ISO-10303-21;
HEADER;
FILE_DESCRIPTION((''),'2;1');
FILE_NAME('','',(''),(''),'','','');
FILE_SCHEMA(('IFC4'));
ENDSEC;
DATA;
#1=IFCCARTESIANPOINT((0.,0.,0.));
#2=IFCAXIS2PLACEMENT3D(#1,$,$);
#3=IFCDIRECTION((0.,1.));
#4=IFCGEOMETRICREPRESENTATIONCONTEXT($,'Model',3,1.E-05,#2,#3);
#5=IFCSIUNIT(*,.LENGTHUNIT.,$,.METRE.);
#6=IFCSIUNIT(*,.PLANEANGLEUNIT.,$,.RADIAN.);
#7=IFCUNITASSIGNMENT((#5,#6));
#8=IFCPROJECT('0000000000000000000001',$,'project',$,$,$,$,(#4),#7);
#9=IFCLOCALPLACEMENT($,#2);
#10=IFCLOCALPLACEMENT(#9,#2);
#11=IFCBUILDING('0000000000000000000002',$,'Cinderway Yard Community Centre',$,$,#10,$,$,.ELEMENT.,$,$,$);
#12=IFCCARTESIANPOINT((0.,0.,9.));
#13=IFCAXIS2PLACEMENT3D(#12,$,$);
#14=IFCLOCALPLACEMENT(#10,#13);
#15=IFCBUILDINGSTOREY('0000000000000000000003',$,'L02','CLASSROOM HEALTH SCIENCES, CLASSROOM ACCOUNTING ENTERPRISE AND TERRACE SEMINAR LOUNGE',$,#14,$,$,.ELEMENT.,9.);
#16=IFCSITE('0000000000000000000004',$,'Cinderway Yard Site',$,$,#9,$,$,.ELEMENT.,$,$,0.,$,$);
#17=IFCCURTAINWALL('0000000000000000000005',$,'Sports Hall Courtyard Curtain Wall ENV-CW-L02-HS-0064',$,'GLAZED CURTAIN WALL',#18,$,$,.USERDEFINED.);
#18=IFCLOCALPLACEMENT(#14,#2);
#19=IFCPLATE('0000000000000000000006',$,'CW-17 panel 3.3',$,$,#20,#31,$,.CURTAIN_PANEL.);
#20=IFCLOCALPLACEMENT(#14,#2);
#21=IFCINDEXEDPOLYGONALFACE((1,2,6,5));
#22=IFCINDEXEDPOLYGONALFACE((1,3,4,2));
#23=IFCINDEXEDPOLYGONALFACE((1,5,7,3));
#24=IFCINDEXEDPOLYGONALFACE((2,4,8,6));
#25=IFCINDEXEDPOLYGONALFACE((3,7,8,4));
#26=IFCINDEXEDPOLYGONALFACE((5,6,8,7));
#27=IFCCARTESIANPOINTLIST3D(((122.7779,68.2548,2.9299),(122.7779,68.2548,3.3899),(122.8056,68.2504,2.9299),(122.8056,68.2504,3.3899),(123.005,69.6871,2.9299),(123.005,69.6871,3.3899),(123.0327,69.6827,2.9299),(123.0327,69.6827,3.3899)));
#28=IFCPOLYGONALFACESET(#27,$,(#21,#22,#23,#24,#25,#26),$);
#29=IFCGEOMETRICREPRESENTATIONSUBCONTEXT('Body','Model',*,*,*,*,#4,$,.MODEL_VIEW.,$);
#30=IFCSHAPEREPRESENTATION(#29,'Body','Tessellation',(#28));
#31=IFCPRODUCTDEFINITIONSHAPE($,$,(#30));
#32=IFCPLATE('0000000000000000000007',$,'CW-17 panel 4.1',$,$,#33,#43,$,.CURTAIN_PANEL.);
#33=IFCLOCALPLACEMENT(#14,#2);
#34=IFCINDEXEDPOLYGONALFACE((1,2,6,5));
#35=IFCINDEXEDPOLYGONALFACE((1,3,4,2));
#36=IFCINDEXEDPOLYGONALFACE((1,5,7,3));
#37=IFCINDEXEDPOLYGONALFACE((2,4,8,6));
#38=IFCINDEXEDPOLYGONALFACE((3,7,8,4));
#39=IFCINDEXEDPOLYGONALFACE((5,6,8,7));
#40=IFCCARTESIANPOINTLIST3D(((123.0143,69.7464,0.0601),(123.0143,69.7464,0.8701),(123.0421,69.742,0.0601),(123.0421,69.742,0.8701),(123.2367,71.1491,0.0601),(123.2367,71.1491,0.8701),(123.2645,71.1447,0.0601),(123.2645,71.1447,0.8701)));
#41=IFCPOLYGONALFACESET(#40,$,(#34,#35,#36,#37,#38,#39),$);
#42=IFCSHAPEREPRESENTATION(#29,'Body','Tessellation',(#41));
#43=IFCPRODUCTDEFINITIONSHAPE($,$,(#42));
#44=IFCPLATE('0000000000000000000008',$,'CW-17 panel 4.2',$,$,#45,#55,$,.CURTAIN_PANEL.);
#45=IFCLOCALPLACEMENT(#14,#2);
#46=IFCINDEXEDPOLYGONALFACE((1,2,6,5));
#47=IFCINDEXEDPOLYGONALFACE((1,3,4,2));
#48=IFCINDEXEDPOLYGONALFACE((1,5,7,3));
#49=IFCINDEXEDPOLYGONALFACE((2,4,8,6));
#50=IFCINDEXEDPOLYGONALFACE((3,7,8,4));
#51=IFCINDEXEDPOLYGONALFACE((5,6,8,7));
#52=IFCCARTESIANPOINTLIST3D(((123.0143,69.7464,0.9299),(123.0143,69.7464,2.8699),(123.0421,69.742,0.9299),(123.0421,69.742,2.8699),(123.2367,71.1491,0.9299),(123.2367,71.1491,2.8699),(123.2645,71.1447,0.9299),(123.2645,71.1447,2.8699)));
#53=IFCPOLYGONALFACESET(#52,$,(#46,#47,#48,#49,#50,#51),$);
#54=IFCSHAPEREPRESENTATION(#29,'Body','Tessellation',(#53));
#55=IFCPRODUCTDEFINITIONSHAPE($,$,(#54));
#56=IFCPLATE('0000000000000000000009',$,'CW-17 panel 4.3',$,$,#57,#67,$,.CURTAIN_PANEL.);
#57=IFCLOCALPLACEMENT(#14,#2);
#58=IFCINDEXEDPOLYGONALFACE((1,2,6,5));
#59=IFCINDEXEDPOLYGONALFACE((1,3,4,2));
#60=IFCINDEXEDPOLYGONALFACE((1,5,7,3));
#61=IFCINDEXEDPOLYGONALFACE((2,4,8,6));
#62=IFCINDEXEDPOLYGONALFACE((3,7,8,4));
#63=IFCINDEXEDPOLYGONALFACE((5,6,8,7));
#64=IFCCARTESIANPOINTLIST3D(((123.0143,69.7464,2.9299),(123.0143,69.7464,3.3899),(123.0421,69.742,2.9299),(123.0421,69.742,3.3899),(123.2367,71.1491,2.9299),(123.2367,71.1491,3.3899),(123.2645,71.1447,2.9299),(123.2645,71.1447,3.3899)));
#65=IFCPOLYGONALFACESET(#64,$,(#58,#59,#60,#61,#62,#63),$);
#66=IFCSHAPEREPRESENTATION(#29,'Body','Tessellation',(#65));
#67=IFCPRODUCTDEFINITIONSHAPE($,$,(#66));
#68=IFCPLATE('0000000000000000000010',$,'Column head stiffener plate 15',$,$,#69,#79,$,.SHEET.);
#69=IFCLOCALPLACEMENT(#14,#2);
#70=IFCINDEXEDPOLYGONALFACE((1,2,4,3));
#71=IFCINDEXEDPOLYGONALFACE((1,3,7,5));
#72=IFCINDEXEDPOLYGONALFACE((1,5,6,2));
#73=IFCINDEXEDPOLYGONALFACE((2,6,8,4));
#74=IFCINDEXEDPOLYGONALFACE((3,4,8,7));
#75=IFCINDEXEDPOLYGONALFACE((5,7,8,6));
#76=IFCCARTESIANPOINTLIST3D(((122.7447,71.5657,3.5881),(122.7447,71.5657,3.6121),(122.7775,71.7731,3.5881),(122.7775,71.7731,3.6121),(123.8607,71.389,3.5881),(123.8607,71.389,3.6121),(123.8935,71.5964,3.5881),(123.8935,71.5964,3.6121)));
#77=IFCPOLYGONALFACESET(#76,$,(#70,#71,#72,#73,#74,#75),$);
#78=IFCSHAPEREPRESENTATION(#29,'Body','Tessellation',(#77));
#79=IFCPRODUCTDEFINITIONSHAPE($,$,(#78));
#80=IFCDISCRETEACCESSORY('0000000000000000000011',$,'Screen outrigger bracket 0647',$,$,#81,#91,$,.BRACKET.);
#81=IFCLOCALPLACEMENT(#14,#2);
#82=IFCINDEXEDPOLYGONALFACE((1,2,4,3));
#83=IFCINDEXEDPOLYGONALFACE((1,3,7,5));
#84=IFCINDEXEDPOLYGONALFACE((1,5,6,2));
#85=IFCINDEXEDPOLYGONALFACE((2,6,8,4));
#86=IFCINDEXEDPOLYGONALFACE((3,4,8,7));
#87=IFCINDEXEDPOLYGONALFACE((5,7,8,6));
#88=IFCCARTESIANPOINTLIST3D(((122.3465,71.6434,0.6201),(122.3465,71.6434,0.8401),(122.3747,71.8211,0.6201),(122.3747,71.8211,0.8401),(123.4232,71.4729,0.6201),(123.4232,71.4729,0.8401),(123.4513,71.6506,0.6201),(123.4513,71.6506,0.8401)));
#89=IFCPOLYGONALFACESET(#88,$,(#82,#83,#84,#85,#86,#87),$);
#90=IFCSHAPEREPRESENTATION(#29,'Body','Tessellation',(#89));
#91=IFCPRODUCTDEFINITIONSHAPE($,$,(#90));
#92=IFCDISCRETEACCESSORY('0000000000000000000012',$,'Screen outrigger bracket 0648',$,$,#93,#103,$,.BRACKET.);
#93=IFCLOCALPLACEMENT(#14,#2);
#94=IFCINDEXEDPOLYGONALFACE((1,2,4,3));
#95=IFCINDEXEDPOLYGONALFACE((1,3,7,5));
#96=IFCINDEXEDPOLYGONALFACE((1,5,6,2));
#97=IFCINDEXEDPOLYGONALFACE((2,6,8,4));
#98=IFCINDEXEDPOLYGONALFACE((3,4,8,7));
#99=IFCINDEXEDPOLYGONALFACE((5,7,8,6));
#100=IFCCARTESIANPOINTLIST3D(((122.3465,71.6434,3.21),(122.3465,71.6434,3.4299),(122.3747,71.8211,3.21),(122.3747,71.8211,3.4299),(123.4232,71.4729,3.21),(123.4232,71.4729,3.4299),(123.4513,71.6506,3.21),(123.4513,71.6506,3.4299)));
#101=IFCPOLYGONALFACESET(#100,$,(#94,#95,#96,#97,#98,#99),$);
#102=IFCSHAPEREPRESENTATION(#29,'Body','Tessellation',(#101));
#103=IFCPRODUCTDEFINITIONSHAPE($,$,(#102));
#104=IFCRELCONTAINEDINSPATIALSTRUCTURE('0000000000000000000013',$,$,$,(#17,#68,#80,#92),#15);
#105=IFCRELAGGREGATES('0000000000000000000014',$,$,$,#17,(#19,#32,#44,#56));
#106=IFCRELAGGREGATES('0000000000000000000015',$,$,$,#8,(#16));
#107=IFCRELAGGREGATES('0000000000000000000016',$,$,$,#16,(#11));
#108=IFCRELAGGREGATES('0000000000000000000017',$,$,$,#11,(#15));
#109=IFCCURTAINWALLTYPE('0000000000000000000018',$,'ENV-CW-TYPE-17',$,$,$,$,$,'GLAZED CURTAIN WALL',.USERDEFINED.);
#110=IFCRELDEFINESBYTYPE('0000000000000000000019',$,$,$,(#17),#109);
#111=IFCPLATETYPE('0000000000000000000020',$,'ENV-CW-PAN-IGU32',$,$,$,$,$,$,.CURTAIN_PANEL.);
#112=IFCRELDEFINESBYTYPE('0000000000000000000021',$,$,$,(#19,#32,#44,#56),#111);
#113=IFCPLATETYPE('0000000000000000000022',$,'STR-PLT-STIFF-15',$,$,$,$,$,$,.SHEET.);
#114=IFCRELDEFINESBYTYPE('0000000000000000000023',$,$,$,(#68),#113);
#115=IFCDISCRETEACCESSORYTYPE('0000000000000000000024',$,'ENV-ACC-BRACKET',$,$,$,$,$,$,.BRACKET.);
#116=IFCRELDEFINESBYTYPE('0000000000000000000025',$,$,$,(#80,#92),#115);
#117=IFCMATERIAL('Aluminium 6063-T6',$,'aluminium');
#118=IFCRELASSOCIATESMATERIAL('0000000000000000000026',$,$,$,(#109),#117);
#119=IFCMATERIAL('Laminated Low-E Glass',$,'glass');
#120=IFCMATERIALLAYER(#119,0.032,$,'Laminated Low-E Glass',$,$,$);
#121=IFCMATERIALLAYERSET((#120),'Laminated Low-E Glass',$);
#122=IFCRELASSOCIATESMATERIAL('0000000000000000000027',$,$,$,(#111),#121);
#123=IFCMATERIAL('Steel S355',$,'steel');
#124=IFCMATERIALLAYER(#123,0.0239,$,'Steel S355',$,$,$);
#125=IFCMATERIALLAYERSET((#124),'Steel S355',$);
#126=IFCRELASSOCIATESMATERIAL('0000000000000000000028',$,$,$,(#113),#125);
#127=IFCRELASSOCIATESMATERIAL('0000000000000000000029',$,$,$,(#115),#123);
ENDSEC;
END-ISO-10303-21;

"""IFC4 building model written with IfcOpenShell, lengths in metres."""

from ifc_helpers import new_model, si_unit, direction, frame, origin, origin_2d, place, context, subcontext, project, spatial, rectangle, extrude, material, layer, layer_set, type_object, element, aggregate, save


model = new_model("IFC4")

# Units and contexts
model_context = context("Model", 3, precision=1e-05, world=origin(), true_north=direction((0.0, 1.0)))
body_context = subcontext(model_context, "Body", "Model", "MODEL_VIEW")
ifc_project = project(units=[si_unit("LENGTHUNIT", "METRE"), si_unit("PLANEANGLEUNIT", "RADIAN")], contexts=[model_context])

# Site, building, storey
site_placement = place(None, origin())
site = spatial("IfcSite", under=ifc_project, at=site_placement, Name="Cinderway Yard Site", CompositionType="ELEMENT", RefElevation=0.0)
building_placement = place(site_placement, origin())
building = spatial("IfcBuilding", under=site, at=building_placement, Name="Cinderway Yard Community Centre", CompositionType="ELEMENT")
storey_placement = place(building_placement, frame((0.0, 0.0, 9.0)))
storey = spatial("IfcBuildingStorey", under=building, at=storey_placement, Name="L02", Description="CLASSROOM HEALTH SCIENCES, CLASSROOM ACCOUNTING ENTERPRISE AND TERRACE SEMINAR LOUNGE", CompositionType="ELEMENT", Elevation=9.0)

# Curtain wall
ifc_material_1 = material(Name="Aluminium 6063-T6", Category="aluminium")
curtain_wall_type = type_object("IfcCurtainWallType", Name="ENV-CW-TYPE-17", ElementType="GLAZED CURTAIN WALL", PredefinedType="USERDEFINED", material=ifc_material_1)
curtain_wall_placement = place(storey_placement, origin())
curtain_wall = element("IfcCurtainWall", 1, at=curtain_wall_placement, inside=storey, type_object=curtain_wall_type, Name="Sports Hall Courtyard Curtain Wall ENV-CW-L02-HS-0064", ObjectType="GLAZED CURTAIN WALL", PredefinedType="USERDEFINED")

# Shared definitions
ifc_material_2 = material(Name="Steel S355", Category="steel")

# Plates
ifc_material_3 = material(Name="Laminated Low-E Glass", Category="glass")
ifc_layer_1 = layer(ifc_material_3, 0.032, Name="Laminated Low-E Glass")
ifc_layer_set_1 = layer_set([ifc_layer_1], Name="Laminated Low-E Glass")
plate_type_1 = type_object("IfcPlateType", Name="ENV-CW-PAN-IGU32", PredefinedType="CURTAIN_PANEL", material=ifc_layer_set_1)
plate_1_placement = place(storey_placement, frame((122.9053, 68.9688, 2.9299), z_axis=(0.0, 0.0, 1.0), x_axis=(0.156609, 0.987661, 0.0)))
plate_1 = element("IfcPlate", 2, at=plate_1_placement, type_object=plate_type_1, Name="CW-17 panel 3.3", PredefinedType="CURTAIN_PANEL", context=body_context, shape_type="SweptSolid", body=[
    extrude(rectangle(XDim=1.4502, YDim=0.0281, at=origin_2d()), origin(), (0.0, 0.0, 1.0), 0.46),
])
plate_2_placement = place(storey_placement, frame((123.1394, 70.4456, 0.0601), z_axis=(0.0, 0.0, 1.0), x_axis=(0.156609, 0.987661, 0.0)))
plate_2 = element("IfcPlate", 3, at=plate_2_placement, type_object=plate_type_1, Name="CW-17 panel 4.1", PredefinedType="CURTAIN_PANEL", context=body_context, shape_type="SweptSolid", body=[
    extrude(rectangle(XDim=1.4202, YDim=0.0281, at=origin_2d()), origin(), (0.0, 0.0, 1.0), 0.8101),
])
plate_3_placement = place(storey_placement, frame((123.1394, 70.4456, 0.9299), z_axis=(0.0, 0.0, 1.0), x_axis=(0.156609, 0.987661, 0.0)))
plate_3 = element("IfcPlate", 4, at=plate_3_placement, type_object=plate_type_1, Name="CW-17 panel 4.2", PredefinedType="CURTAIN_PANEL", context=body_context, shape_type="SweptSolid", body=[
    extrude(rectangle(XDim=1.4202, YDim=0.0281, at=origin_2d()), origin(), (0.0, 0.0, 1.0), 1.9399),
])
plate_4_placement = place(storey_placement, frame((123.1394, 70.4456, 2.9299), z_axis=(0.0, 0.0, 1.0), x_axis=(0.156609, 0.987661, 0.0)))
plate_4 = element("IfcPlate", 5, at=plate_4_placement, type_object=plate_type_1, Name="CW-17 panel 4.3", PredefinedType="CURTAIN_PANEL", context=body_context, shape_type="SweptSolid", body=[
    extrude(rectangle(XDim=1.4202, YDim=0.0281, at=origin_2d()), origin(), (0.0, 0.0, 1.0), 0.46),
])
aggregate(curtain_wall, [plate_1, plate_2, plate_3, plate_4])
ifc_layer_2 = layer(ifc_material_2, 0.0239, Name="Steel S355")
ifc_layer_set_2 = layer_set([ifc_layer_2], Name="Steel S355")
plate_type_2 = type_object("IfcPlateType", Name="STR-PLT-STIFF-15", PredefinedType="SHEET", material=ifc_layer_set_2)
plate_5_placement = place(storey_placement, frame((123.3191, 71.5811, 3.5881), z_axis=(0.0, 0.0, 1.0), x_axis=(0.987688, -0.156434, 0.0)))
element("IfcPlate", 6, at=plate_5_placement, inside=storey, type_object=plate_type_2, Name="Column head stiffener plate 15", PredefinedType="SHEET", context=body_context, shape_type="SweptSolid", body=[
    extrude(rectangle(XDim=1.1299, YDim=0.21, at=origin_2d()), origin(), (0.0, 0.0, 1.0), 0.0239),
])

# Discrete accessories
discrete_accessory_type = type_object("IfcDiscreteAccessoryType", Name="ENV-ACC-BRACKET", PredefinedType="BRACKET", material=ifc_material_2)
for number, where, z_axis, x_axis, name in (
    (7, (122.8989, 71.647, 0.6201), (0.0, 0.0, 1.0), (-0.987688, 0.156434, 0.0), "Screen outrigger bracket 0647"),
    (8, (122.8989, 71.647, 3.21), (0.0, 0.0, 1.0), (-0.987688, 0.156434, 0.0), "Screen outrigger bracket 0648"),
):
    element("IfcDiscreteAccessory", number, at=place(storey_placement, frame(where, z_axis=z_axis, x_axis=x_axis)), inside=storey, type_object=discrete_accessory_type, Name=name, PredefinedType="BRACKET", context=body_context, shape_type="SweptSolid", body=[
        extrude(rectangle(XDim=1.0901, YDim=0.1799, at=origin_2d()), origin(), (0.0, 0.0, 1.0), 0.22),
    ])

save(model, "model.ifc")
